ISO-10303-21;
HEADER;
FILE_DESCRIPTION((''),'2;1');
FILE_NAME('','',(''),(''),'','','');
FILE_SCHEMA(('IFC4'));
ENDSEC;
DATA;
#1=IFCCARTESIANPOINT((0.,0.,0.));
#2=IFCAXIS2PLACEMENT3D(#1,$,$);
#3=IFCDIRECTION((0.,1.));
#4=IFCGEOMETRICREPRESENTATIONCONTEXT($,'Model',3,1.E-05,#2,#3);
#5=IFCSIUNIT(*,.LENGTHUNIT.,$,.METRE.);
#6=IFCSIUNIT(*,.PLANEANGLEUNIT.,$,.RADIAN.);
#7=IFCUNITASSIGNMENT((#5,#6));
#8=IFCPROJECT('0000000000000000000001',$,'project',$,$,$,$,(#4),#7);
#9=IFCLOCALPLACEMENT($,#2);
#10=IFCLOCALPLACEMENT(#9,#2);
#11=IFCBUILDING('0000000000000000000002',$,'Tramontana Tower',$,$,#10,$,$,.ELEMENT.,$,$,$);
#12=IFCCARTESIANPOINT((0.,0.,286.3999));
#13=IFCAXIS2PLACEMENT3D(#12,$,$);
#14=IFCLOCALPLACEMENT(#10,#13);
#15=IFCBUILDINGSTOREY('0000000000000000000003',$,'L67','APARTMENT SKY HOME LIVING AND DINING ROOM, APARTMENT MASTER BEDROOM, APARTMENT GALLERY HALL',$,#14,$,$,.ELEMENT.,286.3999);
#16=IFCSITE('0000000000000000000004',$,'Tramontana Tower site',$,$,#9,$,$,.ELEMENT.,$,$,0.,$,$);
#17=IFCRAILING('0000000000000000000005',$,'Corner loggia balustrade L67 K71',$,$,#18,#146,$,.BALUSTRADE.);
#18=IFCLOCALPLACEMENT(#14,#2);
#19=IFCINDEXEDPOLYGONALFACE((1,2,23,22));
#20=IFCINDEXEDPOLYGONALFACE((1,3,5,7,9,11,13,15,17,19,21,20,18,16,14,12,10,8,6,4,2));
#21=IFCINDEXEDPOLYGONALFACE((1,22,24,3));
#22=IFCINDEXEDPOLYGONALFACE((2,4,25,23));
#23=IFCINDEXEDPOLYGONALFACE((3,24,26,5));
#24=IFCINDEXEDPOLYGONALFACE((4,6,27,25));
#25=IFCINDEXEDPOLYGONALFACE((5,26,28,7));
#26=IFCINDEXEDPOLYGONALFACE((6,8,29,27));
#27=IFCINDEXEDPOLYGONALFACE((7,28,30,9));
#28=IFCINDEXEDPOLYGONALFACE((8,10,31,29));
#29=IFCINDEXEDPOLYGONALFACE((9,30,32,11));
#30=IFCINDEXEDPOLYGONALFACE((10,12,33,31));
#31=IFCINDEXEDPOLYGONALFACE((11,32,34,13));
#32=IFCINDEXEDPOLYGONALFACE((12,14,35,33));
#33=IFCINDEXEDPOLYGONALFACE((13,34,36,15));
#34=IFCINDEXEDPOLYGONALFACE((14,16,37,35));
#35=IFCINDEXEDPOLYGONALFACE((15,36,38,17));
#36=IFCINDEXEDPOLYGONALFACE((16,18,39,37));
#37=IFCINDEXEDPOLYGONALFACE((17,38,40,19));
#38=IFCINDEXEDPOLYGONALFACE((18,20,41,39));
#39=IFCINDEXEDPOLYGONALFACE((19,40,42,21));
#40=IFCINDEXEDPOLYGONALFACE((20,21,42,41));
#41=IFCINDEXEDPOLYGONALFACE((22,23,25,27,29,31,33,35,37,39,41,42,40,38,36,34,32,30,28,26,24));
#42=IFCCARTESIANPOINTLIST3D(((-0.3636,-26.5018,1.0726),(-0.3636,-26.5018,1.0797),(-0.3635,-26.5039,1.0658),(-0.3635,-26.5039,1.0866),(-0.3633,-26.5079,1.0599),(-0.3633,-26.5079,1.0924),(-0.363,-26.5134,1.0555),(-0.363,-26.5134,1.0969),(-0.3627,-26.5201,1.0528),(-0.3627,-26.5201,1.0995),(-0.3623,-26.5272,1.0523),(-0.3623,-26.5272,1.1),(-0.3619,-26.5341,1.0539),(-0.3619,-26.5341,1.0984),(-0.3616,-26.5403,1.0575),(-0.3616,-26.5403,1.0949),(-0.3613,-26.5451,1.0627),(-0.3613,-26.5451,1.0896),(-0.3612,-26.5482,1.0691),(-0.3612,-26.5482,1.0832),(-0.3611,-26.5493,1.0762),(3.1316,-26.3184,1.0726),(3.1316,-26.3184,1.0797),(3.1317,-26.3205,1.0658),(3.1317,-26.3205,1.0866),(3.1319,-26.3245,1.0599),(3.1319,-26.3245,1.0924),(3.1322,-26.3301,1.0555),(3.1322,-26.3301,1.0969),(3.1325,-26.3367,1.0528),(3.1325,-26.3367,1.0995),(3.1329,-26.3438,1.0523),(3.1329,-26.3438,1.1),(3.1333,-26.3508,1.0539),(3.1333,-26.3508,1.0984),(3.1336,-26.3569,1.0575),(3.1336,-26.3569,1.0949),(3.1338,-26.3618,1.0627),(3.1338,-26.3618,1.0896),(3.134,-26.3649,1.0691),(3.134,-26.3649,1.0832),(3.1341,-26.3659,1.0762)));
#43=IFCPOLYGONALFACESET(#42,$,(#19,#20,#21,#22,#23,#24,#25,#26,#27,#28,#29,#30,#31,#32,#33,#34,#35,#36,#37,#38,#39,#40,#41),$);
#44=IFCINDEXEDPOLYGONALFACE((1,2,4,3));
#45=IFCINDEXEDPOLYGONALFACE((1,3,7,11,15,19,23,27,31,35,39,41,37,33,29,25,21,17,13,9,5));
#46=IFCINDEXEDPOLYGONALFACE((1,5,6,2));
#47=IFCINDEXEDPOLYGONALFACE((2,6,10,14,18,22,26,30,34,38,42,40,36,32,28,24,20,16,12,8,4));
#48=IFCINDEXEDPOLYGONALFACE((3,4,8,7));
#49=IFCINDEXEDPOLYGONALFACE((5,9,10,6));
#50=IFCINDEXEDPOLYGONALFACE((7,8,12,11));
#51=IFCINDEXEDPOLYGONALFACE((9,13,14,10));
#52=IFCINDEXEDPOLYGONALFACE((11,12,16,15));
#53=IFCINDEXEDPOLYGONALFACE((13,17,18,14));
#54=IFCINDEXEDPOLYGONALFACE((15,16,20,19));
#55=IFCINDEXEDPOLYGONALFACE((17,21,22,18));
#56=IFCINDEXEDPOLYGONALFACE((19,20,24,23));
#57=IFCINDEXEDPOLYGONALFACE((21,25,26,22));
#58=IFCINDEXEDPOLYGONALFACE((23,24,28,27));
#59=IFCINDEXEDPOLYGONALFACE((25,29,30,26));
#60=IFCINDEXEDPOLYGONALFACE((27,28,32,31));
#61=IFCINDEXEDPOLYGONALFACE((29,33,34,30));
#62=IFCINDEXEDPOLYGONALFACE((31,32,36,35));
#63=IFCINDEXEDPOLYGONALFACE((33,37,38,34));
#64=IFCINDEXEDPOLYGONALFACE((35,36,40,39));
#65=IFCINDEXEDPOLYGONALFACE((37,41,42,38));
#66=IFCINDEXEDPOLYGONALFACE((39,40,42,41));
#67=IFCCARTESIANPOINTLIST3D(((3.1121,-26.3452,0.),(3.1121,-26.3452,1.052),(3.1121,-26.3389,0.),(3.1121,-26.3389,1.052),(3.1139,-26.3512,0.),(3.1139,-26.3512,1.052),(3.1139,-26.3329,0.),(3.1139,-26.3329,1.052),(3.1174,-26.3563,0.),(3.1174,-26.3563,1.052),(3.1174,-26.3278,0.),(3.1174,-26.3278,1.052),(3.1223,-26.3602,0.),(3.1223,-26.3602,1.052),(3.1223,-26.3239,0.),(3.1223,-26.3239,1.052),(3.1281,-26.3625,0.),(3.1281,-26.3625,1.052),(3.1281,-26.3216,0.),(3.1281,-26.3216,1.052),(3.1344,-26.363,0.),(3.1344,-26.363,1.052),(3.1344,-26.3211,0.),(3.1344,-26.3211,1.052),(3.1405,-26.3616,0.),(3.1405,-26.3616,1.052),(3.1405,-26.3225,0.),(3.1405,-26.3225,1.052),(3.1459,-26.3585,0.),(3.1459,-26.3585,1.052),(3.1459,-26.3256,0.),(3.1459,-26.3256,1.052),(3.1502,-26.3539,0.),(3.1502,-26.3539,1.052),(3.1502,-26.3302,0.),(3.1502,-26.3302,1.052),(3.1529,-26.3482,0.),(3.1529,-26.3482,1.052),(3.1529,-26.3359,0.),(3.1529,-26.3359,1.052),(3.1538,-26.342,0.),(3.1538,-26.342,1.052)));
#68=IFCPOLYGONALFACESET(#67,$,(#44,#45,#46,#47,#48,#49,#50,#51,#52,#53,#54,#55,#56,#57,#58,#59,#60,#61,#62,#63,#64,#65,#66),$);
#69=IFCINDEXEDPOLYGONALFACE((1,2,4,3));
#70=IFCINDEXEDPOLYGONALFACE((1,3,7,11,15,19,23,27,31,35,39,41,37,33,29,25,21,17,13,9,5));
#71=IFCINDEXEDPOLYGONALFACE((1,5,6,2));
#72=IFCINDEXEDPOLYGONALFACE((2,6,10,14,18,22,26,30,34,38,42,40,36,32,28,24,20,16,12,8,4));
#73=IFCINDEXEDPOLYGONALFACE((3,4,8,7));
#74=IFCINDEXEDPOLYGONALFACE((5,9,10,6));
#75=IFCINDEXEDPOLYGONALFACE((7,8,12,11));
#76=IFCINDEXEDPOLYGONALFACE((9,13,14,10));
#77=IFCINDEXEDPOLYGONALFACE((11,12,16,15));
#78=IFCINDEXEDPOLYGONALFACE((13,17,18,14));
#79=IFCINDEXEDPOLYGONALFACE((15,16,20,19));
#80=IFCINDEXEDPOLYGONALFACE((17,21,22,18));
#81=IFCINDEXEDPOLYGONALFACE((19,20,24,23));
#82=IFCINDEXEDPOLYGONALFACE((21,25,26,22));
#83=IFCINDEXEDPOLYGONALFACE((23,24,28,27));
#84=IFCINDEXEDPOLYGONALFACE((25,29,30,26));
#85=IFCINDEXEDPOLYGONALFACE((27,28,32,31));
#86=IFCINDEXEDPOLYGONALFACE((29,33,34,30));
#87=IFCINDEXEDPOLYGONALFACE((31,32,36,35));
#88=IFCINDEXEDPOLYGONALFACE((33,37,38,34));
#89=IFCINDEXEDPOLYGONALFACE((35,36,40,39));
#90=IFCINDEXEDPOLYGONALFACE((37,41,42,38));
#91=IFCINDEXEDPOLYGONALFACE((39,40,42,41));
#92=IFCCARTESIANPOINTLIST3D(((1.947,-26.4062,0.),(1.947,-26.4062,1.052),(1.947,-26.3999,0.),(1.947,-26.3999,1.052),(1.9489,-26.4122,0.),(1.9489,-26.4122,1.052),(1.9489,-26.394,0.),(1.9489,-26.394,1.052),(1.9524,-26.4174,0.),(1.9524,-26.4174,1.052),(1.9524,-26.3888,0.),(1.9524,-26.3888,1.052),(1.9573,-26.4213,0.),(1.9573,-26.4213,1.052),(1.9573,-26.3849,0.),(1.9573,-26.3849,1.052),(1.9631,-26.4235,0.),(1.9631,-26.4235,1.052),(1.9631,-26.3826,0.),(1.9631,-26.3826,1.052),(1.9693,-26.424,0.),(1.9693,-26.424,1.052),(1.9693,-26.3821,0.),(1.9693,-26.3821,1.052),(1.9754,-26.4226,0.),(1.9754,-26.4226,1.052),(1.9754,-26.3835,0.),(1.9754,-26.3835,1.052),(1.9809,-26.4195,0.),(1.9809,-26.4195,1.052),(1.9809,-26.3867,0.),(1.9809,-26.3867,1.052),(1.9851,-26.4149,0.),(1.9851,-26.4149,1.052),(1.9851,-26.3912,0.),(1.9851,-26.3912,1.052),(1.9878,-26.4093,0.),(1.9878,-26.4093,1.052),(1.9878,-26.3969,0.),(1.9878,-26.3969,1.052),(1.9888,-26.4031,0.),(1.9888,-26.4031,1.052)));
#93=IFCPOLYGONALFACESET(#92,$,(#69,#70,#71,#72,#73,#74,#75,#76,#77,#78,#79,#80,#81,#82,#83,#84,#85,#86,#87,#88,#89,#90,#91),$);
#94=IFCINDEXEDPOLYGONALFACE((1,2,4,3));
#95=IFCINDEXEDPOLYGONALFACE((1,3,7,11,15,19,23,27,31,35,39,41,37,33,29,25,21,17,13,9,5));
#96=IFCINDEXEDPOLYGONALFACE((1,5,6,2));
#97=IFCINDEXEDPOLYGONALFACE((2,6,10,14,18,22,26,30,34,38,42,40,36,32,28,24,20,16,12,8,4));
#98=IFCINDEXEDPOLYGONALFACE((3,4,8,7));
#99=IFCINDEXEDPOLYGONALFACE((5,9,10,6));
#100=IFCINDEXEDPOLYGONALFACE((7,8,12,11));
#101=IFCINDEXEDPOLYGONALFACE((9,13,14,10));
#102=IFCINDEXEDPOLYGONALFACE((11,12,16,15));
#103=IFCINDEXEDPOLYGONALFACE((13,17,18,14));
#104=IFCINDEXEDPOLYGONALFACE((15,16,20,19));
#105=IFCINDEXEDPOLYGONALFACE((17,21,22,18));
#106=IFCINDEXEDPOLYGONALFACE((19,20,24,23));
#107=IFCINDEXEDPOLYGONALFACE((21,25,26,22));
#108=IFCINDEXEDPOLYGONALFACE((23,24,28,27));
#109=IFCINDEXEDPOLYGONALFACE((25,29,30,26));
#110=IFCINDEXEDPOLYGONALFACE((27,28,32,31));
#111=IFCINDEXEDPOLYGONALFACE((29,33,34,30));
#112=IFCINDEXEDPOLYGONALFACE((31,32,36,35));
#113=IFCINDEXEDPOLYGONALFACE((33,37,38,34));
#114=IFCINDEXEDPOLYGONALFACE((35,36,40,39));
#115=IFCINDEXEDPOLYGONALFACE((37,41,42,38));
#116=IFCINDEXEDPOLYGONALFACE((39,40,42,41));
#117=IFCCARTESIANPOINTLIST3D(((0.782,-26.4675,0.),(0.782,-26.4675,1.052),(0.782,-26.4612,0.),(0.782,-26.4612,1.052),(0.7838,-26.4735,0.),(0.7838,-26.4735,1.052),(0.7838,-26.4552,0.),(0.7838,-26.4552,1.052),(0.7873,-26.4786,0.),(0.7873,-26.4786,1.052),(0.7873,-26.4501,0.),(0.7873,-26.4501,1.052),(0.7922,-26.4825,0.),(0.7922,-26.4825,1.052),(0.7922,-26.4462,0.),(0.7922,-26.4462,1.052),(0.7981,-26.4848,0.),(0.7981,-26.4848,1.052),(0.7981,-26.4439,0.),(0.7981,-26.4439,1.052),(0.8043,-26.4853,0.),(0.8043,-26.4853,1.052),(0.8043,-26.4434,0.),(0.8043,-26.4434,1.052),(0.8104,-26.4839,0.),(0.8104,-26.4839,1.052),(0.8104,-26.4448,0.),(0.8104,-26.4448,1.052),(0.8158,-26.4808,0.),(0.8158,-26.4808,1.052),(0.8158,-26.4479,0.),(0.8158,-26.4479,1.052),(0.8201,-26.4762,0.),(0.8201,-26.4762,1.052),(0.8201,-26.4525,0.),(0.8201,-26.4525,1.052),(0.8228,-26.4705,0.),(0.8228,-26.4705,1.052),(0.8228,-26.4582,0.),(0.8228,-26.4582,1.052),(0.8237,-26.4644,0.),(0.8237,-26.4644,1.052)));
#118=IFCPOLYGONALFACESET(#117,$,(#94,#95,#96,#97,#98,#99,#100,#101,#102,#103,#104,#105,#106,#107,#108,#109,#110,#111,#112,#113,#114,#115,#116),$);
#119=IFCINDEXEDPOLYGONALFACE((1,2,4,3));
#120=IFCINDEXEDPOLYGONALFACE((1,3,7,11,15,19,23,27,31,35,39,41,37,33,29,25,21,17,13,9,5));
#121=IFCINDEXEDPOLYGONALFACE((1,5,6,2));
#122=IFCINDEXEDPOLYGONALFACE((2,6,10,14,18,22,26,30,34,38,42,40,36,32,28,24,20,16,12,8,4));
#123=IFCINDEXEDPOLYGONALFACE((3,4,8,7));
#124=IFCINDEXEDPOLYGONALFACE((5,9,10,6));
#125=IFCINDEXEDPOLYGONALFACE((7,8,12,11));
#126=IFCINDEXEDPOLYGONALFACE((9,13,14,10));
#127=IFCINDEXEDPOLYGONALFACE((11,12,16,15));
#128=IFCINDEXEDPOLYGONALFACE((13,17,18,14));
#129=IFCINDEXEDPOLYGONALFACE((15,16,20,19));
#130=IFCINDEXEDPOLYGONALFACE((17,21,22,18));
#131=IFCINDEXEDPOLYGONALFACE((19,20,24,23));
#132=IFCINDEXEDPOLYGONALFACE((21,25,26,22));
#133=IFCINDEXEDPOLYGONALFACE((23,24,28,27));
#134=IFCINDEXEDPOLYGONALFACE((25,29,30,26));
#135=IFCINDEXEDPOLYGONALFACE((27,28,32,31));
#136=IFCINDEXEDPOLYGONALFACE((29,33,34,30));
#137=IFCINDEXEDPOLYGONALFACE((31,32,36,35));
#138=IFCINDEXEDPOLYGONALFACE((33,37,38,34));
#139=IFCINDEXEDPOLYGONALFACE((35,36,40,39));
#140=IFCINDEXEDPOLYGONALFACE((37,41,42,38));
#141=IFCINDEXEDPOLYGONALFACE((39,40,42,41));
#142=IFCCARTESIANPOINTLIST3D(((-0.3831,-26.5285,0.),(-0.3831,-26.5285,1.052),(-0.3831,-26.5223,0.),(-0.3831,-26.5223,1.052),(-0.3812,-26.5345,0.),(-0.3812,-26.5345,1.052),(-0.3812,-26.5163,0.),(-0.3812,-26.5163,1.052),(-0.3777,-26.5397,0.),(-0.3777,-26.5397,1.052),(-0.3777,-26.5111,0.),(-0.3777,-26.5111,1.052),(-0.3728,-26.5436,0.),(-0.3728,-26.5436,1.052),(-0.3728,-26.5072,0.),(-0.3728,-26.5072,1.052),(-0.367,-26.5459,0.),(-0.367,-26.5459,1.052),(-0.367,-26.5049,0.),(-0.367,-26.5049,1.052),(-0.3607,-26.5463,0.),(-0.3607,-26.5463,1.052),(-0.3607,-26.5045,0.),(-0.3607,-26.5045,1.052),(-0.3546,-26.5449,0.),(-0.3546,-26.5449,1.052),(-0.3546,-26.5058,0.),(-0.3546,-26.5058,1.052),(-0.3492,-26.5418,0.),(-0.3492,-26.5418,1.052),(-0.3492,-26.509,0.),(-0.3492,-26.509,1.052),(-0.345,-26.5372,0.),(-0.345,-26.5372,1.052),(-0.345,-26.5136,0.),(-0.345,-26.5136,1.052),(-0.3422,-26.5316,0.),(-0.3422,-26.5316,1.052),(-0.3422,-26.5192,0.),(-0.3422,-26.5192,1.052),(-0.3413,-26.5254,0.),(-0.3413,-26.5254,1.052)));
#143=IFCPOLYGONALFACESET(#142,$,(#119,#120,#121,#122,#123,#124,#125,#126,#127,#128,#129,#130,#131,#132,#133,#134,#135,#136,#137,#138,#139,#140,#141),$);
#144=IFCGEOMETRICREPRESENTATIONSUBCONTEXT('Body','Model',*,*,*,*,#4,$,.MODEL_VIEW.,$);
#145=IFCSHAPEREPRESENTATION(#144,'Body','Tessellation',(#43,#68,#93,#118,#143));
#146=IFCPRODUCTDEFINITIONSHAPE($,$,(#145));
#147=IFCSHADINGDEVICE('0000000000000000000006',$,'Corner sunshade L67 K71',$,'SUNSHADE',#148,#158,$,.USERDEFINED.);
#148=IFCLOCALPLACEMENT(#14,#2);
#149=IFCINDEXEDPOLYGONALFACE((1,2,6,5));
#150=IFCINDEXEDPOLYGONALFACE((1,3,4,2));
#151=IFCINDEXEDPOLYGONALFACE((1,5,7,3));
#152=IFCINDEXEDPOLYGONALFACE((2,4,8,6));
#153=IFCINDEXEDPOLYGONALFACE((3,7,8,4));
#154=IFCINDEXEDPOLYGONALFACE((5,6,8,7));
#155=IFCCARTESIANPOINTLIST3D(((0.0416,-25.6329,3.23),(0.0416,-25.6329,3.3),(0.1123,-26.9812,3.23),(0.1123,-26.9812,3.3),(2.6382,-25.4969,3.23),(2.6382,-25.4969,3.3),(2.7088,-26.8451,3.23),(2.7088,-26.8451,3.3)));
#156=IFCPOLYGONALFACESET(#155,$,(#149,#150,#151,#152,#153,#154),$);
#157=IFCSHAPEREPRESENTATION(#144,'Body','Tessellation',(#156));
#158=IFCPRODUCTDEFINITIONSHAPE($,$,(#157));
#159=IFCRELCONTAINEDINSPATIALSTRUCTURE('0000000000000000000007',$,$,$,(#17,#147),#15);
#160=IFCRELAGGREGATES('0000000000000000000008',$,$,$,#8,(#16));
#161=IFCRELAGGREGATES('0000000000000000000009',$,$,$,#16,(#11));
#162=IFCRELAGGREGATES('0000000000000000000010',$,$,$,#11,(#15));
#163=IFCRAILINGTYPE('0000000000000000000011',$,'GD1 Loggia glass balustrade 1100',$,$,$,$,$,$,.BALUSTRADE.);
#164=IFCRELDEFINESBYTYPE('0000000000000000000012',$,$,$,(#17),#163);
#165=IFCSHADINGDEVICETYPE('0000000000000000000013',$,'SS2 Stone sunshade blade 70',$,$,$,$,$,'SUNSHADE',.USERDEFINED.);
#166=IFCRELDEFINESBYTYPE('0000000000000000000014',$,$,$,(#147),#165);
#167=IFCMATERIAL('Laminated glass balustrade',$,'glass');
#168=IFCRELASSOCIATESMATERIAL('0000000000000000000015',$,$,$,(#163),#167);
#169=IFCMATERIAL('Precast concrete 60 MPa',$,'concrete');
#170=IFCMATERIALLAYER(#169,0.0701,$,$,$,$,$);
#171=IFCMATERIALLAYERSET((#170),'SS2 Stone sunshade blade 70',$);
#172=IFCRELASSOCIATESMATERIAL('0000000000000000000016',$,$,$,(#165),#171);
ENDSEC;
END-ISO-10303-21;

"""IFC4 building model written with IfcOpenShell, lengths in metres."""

from ifc_helpers import new_model, si_unit, direction, frame, origin, origin_2d, place, context, subcontext, project, spatial, rectangle, circle, extrude, material, layer, layer_set, type_object, element, save


model = new_model("IFC4")

# Units and contexts
model_context = context("Model", 3, precision=1e-05, world=origin(), true_north=direction((0.0, 1.0)))
body_context = subcontext(model_context, "Body", "Model", "MODEL_VIEW")
ifc_project = project(units=[si_unit("LENGTHUNIT", "METRE"), si_unit("PLANEANGLEUNIT", "RADIAN")], contexts=[model_context])

# Site, building, storey
site_placement = place(None, origin())
site = spatial("IfcSite", under=ifc_project, at=site_placement, Name="Tramontana Tower site", CompositionType="ELEMENT", RefElevation=0.0)
building_placement = place(site_placement, origin())
building = spatial("IfcBuilding", under=site, at=building_placement, Name="Tramontana Tower", CompositionType="ELEMENT")
storey_placement = place(building_placement, frame((0.0, 0.0, 286.3999)))
storey = spatial("IfcBuildingStorey", under=building, at=storey_placement, Name="L67", Description="APARTMENT SKY HOME LIVING AND DINING ROOM, APARTMENT MASTER BEDROOM, APARTMENT GALLERY HALL", CompositionType="ELEMENT", Elevation=286.3999)

# Railing
ifc_material_1 = material(Name="Laminated glass balustrade", Category="glass")
railing_type = type_object("IfcRailingType", Name="GD1 Loggia glass balustrade 1100", PredefinedType="BALUSTRADE", material=ifc_material_1)
railing_1_placement = place(storey_placement, frame((3.1328, -26.342, 0.0)))
element("IfcRailing", 1, at=railing_1_placement, inside=storey, type_object=railing_type, Name="Corner loggia balustrade L67 K71", PredefinedType="BALUSTRADE", context=body_context, shape_type="SweptSolid", body=[
    extrude(circle(Radius=0.0239, at=origin_2d()), frame((0.0, 0.0, 1.0762), z_axis=(-0.998627, -0.052387, 0.0), x_axis=(0.052387, -0.998627, 0.0)), (0.0, 0.0, 1.0), 3.5),
    extrude(circle(Radius=0.021, at=origin_2d()), origin(), (0.0, 0.0, 1.0), 1.052),
    extrude(circle(Radius=0.021, at=origin_2d()), frame((-1.165, -0.061, 0.0)), (0.0, 0.0, 1.0), 1.052),
    extrude(circle(Radius=0.021, at=origin_2d()), frame((-2.3301, -0.1223, 0.0)), (0.0, 0.0, 1.0), 1.052),
    extrude(circle(Radius=0.021, at=origin_2d()), frame((-3.4951, -0.1833, 0.0)), (0.0, 0.0, 1.0), 1.052),
])

# Shading device
ifc_material_2 = material(Name="Precast concrete 60 MPa", Category="concrete")
ifc_layer_1 = layer(ifc_material_2, 0.0701)
ifc_layer_set_1 = layer_set([ifc_layer_1], Name="SS2 Stone sunshade blade 70")
shading_device_type = type_object("IfcShadingDeviceType", Name="SS2 Stone sunshade blade 70", ElementType="SUNSHADE", PredefinedType="USERDEFINED", material=ifc_layer_set_1)
shading_device_placement = place(storey_placement, frame((1.3752, -26.239, 3.23), z_axis=(0.0, 0.0, 1.0), x_axis=(-0.99863, -0.052336, 0.0)))
element("IfcShadingDevice", 2, at=shading_device_placement, inside=storey, type_object=shading_device_type, Name="Corner sunshade L67 K71", ObjectType="SUNSHADE", PredefinedType="USERDEFINED", context=body_context, shape_type="SweptSolid", body=[
    extrude(rectangle(XDim=2.6001, YDim=1.3501, at=origin_2d()), origin(), (0.0, 0.0, 1.0), 0.0701),
])

save(model, "model.ifc")
